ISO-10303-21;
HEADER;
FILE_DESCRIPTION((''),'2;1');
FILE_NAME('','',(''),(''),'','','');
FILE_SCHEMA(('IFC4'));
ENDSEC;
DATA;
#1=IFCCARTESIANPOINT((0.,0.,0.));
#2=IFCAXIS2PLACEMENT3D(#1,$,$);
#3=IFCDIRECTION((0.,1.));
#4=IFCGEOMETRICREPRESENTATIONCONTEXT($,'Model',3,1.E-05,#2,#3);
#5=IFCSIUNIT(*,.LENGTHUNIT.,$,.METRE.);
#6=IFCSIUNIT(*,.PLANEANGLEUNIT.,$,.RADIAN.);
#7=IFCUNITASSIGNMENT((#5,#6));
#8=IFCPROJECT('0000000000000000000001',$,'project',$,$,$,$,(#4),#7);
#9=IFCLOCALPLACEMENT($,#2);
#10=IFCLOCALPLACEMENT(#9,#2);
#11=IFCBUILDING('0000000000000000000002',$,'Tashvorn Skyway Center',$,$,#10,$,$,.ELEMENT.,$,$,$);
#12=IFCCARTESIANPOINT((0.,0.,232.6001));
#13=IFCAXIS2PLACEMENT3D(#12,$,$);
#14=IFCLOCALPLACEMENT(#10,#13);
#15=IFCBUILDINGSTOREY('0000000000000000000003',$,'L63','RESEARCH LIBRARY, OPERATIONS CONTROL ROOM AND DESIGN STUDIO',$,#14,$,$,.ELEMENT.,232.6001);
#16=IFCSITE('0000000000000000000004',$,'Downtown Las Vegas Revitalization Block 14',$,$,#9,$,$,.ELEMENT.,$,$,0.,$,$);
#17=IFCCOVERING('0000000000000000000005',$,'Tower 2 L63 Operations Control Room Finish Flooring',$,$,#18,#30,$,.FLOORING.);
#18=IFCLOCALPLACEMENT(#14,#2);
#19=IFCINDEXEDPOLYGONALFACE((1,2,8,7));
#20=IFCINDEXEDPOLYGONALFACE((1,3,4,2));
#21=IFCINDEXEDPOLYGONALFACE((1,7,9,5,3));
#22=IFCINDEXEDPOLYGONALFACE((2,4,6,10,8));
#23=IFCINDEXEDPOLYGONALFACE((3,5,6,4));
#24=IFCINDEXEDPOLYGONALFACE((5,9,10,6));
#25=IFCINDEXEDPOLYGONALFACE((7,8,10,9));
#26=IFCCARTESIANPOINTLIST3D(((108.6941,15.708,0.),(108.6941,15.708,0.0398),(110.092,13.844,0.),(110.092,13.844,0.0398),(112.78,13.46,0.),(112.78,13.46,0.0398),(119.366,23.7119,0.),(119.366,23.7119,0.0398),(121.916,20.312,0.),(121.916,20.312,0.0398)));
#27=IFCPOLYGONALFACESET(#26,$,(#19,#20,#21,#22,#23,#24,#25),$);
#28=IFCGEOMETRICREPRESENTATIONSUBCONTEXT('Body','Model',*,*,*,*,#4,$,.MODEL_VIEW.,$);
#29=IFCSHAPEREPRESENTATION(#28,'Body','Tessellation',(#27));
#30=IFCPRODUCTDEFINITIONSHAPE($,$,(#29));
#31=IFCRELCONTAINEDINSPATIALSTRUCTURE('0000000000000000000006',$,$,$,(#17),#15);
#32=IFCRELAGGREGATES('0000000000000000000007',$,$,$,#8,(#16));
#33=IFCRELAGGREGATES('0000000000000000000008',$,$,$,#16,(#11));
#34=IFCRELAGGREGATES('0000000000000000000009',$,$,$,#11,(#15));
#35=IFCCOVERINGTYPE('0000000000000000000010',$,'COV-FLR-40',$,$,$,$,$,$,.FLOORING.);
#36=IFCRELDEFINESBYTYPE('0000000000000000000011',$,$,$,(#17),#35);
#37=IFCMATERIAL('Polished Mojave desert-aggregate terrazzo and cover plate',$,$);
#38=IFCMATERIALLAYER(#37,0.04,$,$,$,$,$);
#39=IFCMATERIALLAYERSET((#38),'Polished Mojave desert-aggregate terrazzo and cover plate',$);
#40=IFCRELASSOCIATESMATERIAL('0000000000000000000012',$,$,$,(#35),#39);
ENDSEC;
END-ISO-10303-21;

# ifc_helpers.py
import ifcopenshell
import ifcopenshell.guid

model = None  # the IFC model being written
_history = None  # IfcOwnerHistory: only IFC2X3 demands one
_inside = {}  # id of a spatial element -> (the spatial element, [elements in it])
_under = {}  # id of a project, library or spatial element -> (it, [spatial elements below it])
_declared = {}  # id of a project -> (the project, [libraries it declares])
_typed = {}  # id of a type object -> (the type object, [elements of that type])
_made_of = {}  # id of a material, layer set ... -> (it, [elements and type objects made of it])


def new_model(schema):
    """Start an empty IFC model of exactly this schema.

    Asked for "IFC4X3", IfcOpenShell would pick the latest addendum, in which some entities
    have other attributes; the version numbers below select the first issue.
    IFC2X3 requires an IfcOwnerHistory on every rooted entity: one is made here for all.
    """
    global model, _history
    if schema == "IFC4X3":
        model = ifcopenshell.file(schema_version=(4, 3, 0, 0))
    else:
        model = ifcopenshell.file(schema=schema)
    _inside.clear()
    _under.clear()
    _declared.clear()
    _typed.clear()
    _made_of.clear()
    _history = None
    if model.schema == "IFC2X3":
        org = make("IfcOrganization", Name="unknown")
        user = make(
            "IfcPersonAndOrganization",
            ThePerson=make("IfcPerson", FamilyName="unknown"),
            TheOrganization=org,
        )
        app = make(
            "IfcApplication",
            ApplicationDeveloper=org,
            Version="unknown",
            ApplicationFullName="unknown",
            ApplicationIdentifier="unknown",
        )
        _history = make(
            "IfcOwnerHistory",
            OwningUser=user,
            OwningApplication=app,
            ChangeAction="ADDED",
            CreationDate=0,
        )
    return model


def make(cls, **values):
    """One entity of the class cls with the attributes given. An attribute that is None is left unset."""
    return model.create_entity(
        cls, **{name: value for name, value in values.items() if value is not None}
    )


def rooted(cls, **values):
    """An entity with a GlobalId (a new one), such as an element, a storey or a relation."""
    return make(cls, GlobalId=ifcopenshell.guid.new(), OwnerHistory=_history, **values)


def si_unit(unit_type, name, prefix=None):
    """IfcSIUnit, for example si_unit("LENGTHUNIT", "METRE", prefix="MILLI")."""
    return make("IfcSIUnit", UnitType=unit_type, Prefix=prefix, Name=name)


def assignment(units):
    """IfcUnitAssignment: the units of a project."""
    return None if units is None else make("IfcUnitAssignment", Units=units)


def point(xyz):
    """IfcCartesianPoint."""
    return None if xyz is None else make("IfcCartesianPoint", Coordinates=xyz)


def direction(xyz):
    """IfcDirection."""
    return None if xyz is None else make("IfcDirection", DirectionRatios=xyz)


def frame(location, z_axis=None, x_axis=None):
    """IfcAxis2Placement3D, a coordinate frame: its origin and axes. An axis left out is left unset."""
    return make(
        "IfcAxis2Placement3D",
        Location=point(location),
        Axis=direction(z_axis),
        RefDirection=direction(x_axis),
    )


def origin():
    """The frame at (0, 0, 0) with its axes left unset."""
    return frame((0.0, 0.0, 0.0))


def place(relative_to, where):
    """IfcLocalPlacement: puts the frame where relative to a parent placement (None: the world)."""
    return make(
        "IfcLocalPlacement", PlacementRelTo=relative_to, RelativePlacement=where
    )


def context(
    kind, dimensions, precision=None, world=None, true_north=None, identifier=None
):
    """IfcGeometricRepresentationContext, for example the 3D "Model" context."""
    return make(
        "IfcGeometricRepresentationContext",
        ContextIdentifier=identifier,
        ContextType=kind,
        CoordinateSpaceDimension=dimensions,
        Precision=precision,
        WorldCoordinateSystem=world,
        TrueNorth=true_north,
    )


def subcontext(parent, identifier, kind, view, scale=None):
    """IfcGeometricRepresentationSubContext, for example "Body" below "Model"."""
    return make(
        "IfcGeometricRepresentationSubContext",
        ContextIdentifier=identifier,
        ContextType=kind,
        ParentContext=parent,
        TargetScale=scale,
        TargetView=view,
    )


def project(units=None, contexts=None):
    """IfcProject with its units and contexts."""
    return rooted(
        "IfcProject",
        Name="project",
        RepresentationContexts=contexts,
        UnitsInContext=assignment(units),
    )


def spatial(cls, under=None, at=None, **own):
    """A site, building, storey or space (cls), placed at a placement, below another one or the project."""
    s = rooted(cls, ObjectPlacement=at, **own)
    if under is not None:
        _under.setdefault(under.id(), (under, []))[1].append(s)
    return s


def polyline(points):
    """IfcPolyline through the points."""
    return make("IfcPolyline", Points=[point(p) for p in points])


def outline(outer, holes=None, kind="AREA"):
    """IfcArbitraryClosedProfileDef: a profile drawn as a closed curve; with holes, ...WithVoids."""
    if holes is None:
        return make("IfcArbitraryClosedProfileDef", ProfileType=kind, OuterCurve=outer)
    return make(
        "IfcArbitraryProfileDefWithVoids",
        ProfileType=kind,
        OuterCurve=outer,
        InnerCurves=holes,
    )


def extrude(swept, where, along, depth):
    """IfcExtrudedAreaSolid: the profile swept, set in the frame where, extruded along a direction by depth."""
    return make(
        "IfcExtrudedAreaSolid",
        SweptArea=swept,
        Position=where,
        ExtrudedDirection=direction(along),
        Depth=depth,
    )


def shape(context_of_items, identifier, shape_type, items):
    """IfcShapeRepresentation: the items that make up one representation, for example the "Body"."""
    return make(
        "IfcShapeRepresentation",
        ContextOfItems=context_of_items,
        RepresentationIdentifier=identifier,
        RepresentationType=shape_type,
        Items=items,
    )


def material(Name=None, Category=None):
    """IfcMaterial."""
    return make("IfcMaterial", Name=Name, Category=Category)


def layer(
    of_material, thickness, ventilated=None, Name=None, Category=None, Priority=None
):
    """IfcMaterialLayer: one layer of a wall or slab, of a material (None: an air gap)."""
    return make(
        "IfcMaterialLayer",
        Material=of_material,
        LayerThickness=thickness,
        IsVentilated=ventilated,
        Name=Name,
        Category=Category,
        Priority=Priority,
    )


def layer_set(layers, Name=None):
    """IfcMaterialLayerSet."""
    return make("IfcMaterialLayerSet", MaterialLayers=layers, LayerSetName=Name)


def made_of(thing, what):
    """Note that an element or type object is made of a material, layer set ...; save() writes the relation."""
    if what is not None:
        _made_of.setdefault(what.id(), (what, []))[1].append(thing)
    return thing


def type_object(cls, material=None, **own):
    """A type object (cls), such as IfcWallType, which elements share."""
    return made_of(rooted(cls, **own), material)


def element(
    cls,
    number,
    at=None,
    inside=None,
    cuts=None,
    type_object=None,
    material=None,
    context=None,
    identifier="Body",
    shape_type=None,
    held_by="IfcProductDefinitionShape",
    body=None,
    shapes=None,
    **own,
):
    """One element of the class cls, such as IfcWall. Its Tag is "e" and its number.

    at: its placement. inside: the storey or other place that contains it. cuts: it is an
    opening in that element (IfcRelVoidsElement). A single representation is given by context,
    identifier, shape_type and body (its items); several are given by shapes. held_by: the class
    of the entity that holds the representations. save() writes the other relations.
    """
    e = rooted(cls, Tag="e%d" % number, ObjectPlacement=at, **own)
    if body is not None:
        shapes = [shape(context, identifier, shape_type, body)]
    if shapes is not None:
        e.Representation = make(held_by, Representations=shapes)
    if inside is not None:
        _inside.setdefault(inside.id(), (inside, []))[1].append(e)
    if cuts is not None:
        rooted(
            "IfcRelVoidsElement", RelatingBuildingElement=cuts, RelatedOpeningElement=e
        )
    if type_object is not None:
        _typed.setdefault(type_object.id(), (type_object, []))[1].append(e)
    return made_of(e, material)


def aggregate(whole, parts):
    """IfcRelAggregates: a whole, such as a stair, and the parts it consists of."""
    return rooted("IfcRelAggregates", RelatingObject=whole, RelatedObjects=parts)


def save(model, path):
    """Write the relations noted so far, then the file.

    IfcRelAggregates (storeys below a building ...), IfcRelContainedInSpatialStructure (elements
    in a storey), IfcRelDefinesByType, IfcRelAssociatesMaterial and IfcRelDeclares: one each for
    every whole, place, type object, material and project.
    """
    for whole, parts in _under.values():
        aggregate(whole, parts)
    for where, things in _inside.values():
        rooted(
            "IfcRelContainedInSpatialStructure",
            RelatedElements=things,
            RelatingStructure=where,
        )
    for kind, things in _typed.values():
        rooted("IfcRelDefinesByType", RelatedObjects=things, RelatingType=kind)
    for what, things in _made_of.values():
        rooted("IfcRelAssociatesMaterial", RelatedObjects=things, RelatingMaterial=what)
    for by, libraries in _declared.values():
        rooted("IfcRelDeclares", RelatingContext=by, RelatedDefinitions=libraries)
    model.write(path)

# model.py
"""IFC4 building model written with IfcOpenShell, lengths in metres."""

from ifc_helpers import new_model, si_unit, direction, frame, origin, place, context, subcontext, project, spatial, polyline, outline, extrude, material, layer, layer_set, type_object, element, save


model = new_model("IFC4")

# Units and contexts
model_context = context("Model", 3, precision=1e-05, world=origin(), true_north=direction((0.0, 1.0)))
body_context = subcontext(model_context, "Body", "Model", "MODEL_VIEW")
ifc_project = project(units=[si_unit("LENGTHUNIT", "METRE"), si_unit("PLANEANGLEUNIT", "RADIAN")], contexts=[model_context])

# Site, building, storey
site_placement = place(None, origin())
site = spatial("IfcSite", under=ifc_project, at=site_placement, Name="Downtown Las Vegas Revitalization Block 14", CompositionType="ELEMENT", RefElevation=0.0)
building_placement = place(site_placement, origin())
building = spatial("IfcBuilding", under=site, at=building_placement, Name="Tashvorn Skyway Center", CompositionType="ELEMENT")
storey_placement = place(building_placement, frame((0.0, 0.0, 232.6001)))
storey = spatial("IfcBuildingStorey", under=building, at=storey_placement, Name="L63", Description="RESEARCH LIBRARY, OPERATIONS CONTROL ROOM AND DESIGN STUDIO", CompositionType="ELEMENT", Elevation=232.6001)

# Covering
ifc_material_1 = material(Name="Polished Mojave desert-aggregate terrazzo and cover plate")
ifc_layer_1 = layer(ifc_material_1, 0.04)
ifc_layer_set_1 = layer_set([ifc_layer_1], Name="Polished Mojave desert-aggregate terrazzo and cover plate")
covering_type_1 = type_object("IfcCoveringType", Name="COV-FLR-40", PredefinedType="FLOORING", material=ifc_layer_set_1)
covering_1_placement = place(storey_placement, origin())
element("IfcCovering", 1, at=covering_1_placement, inside=storey, type_object=covering_type_1, Name="Tower 2 L63 Operations Control Room Finish Flooring", PredefinedType="FLOORING", context=body_context, shape_type="SweptSolid", body=[
    extrude(outline(polyline([(112.78, 13.46), (110.092, 13.844), (108.6941, 15.708), (119.366, 23.7119), (121.916, 20.312), (112.78, 13.46)])), origin(), (0.0, 0.0, 1.0), 0.0398),
])

save(model, "model.ifc")
